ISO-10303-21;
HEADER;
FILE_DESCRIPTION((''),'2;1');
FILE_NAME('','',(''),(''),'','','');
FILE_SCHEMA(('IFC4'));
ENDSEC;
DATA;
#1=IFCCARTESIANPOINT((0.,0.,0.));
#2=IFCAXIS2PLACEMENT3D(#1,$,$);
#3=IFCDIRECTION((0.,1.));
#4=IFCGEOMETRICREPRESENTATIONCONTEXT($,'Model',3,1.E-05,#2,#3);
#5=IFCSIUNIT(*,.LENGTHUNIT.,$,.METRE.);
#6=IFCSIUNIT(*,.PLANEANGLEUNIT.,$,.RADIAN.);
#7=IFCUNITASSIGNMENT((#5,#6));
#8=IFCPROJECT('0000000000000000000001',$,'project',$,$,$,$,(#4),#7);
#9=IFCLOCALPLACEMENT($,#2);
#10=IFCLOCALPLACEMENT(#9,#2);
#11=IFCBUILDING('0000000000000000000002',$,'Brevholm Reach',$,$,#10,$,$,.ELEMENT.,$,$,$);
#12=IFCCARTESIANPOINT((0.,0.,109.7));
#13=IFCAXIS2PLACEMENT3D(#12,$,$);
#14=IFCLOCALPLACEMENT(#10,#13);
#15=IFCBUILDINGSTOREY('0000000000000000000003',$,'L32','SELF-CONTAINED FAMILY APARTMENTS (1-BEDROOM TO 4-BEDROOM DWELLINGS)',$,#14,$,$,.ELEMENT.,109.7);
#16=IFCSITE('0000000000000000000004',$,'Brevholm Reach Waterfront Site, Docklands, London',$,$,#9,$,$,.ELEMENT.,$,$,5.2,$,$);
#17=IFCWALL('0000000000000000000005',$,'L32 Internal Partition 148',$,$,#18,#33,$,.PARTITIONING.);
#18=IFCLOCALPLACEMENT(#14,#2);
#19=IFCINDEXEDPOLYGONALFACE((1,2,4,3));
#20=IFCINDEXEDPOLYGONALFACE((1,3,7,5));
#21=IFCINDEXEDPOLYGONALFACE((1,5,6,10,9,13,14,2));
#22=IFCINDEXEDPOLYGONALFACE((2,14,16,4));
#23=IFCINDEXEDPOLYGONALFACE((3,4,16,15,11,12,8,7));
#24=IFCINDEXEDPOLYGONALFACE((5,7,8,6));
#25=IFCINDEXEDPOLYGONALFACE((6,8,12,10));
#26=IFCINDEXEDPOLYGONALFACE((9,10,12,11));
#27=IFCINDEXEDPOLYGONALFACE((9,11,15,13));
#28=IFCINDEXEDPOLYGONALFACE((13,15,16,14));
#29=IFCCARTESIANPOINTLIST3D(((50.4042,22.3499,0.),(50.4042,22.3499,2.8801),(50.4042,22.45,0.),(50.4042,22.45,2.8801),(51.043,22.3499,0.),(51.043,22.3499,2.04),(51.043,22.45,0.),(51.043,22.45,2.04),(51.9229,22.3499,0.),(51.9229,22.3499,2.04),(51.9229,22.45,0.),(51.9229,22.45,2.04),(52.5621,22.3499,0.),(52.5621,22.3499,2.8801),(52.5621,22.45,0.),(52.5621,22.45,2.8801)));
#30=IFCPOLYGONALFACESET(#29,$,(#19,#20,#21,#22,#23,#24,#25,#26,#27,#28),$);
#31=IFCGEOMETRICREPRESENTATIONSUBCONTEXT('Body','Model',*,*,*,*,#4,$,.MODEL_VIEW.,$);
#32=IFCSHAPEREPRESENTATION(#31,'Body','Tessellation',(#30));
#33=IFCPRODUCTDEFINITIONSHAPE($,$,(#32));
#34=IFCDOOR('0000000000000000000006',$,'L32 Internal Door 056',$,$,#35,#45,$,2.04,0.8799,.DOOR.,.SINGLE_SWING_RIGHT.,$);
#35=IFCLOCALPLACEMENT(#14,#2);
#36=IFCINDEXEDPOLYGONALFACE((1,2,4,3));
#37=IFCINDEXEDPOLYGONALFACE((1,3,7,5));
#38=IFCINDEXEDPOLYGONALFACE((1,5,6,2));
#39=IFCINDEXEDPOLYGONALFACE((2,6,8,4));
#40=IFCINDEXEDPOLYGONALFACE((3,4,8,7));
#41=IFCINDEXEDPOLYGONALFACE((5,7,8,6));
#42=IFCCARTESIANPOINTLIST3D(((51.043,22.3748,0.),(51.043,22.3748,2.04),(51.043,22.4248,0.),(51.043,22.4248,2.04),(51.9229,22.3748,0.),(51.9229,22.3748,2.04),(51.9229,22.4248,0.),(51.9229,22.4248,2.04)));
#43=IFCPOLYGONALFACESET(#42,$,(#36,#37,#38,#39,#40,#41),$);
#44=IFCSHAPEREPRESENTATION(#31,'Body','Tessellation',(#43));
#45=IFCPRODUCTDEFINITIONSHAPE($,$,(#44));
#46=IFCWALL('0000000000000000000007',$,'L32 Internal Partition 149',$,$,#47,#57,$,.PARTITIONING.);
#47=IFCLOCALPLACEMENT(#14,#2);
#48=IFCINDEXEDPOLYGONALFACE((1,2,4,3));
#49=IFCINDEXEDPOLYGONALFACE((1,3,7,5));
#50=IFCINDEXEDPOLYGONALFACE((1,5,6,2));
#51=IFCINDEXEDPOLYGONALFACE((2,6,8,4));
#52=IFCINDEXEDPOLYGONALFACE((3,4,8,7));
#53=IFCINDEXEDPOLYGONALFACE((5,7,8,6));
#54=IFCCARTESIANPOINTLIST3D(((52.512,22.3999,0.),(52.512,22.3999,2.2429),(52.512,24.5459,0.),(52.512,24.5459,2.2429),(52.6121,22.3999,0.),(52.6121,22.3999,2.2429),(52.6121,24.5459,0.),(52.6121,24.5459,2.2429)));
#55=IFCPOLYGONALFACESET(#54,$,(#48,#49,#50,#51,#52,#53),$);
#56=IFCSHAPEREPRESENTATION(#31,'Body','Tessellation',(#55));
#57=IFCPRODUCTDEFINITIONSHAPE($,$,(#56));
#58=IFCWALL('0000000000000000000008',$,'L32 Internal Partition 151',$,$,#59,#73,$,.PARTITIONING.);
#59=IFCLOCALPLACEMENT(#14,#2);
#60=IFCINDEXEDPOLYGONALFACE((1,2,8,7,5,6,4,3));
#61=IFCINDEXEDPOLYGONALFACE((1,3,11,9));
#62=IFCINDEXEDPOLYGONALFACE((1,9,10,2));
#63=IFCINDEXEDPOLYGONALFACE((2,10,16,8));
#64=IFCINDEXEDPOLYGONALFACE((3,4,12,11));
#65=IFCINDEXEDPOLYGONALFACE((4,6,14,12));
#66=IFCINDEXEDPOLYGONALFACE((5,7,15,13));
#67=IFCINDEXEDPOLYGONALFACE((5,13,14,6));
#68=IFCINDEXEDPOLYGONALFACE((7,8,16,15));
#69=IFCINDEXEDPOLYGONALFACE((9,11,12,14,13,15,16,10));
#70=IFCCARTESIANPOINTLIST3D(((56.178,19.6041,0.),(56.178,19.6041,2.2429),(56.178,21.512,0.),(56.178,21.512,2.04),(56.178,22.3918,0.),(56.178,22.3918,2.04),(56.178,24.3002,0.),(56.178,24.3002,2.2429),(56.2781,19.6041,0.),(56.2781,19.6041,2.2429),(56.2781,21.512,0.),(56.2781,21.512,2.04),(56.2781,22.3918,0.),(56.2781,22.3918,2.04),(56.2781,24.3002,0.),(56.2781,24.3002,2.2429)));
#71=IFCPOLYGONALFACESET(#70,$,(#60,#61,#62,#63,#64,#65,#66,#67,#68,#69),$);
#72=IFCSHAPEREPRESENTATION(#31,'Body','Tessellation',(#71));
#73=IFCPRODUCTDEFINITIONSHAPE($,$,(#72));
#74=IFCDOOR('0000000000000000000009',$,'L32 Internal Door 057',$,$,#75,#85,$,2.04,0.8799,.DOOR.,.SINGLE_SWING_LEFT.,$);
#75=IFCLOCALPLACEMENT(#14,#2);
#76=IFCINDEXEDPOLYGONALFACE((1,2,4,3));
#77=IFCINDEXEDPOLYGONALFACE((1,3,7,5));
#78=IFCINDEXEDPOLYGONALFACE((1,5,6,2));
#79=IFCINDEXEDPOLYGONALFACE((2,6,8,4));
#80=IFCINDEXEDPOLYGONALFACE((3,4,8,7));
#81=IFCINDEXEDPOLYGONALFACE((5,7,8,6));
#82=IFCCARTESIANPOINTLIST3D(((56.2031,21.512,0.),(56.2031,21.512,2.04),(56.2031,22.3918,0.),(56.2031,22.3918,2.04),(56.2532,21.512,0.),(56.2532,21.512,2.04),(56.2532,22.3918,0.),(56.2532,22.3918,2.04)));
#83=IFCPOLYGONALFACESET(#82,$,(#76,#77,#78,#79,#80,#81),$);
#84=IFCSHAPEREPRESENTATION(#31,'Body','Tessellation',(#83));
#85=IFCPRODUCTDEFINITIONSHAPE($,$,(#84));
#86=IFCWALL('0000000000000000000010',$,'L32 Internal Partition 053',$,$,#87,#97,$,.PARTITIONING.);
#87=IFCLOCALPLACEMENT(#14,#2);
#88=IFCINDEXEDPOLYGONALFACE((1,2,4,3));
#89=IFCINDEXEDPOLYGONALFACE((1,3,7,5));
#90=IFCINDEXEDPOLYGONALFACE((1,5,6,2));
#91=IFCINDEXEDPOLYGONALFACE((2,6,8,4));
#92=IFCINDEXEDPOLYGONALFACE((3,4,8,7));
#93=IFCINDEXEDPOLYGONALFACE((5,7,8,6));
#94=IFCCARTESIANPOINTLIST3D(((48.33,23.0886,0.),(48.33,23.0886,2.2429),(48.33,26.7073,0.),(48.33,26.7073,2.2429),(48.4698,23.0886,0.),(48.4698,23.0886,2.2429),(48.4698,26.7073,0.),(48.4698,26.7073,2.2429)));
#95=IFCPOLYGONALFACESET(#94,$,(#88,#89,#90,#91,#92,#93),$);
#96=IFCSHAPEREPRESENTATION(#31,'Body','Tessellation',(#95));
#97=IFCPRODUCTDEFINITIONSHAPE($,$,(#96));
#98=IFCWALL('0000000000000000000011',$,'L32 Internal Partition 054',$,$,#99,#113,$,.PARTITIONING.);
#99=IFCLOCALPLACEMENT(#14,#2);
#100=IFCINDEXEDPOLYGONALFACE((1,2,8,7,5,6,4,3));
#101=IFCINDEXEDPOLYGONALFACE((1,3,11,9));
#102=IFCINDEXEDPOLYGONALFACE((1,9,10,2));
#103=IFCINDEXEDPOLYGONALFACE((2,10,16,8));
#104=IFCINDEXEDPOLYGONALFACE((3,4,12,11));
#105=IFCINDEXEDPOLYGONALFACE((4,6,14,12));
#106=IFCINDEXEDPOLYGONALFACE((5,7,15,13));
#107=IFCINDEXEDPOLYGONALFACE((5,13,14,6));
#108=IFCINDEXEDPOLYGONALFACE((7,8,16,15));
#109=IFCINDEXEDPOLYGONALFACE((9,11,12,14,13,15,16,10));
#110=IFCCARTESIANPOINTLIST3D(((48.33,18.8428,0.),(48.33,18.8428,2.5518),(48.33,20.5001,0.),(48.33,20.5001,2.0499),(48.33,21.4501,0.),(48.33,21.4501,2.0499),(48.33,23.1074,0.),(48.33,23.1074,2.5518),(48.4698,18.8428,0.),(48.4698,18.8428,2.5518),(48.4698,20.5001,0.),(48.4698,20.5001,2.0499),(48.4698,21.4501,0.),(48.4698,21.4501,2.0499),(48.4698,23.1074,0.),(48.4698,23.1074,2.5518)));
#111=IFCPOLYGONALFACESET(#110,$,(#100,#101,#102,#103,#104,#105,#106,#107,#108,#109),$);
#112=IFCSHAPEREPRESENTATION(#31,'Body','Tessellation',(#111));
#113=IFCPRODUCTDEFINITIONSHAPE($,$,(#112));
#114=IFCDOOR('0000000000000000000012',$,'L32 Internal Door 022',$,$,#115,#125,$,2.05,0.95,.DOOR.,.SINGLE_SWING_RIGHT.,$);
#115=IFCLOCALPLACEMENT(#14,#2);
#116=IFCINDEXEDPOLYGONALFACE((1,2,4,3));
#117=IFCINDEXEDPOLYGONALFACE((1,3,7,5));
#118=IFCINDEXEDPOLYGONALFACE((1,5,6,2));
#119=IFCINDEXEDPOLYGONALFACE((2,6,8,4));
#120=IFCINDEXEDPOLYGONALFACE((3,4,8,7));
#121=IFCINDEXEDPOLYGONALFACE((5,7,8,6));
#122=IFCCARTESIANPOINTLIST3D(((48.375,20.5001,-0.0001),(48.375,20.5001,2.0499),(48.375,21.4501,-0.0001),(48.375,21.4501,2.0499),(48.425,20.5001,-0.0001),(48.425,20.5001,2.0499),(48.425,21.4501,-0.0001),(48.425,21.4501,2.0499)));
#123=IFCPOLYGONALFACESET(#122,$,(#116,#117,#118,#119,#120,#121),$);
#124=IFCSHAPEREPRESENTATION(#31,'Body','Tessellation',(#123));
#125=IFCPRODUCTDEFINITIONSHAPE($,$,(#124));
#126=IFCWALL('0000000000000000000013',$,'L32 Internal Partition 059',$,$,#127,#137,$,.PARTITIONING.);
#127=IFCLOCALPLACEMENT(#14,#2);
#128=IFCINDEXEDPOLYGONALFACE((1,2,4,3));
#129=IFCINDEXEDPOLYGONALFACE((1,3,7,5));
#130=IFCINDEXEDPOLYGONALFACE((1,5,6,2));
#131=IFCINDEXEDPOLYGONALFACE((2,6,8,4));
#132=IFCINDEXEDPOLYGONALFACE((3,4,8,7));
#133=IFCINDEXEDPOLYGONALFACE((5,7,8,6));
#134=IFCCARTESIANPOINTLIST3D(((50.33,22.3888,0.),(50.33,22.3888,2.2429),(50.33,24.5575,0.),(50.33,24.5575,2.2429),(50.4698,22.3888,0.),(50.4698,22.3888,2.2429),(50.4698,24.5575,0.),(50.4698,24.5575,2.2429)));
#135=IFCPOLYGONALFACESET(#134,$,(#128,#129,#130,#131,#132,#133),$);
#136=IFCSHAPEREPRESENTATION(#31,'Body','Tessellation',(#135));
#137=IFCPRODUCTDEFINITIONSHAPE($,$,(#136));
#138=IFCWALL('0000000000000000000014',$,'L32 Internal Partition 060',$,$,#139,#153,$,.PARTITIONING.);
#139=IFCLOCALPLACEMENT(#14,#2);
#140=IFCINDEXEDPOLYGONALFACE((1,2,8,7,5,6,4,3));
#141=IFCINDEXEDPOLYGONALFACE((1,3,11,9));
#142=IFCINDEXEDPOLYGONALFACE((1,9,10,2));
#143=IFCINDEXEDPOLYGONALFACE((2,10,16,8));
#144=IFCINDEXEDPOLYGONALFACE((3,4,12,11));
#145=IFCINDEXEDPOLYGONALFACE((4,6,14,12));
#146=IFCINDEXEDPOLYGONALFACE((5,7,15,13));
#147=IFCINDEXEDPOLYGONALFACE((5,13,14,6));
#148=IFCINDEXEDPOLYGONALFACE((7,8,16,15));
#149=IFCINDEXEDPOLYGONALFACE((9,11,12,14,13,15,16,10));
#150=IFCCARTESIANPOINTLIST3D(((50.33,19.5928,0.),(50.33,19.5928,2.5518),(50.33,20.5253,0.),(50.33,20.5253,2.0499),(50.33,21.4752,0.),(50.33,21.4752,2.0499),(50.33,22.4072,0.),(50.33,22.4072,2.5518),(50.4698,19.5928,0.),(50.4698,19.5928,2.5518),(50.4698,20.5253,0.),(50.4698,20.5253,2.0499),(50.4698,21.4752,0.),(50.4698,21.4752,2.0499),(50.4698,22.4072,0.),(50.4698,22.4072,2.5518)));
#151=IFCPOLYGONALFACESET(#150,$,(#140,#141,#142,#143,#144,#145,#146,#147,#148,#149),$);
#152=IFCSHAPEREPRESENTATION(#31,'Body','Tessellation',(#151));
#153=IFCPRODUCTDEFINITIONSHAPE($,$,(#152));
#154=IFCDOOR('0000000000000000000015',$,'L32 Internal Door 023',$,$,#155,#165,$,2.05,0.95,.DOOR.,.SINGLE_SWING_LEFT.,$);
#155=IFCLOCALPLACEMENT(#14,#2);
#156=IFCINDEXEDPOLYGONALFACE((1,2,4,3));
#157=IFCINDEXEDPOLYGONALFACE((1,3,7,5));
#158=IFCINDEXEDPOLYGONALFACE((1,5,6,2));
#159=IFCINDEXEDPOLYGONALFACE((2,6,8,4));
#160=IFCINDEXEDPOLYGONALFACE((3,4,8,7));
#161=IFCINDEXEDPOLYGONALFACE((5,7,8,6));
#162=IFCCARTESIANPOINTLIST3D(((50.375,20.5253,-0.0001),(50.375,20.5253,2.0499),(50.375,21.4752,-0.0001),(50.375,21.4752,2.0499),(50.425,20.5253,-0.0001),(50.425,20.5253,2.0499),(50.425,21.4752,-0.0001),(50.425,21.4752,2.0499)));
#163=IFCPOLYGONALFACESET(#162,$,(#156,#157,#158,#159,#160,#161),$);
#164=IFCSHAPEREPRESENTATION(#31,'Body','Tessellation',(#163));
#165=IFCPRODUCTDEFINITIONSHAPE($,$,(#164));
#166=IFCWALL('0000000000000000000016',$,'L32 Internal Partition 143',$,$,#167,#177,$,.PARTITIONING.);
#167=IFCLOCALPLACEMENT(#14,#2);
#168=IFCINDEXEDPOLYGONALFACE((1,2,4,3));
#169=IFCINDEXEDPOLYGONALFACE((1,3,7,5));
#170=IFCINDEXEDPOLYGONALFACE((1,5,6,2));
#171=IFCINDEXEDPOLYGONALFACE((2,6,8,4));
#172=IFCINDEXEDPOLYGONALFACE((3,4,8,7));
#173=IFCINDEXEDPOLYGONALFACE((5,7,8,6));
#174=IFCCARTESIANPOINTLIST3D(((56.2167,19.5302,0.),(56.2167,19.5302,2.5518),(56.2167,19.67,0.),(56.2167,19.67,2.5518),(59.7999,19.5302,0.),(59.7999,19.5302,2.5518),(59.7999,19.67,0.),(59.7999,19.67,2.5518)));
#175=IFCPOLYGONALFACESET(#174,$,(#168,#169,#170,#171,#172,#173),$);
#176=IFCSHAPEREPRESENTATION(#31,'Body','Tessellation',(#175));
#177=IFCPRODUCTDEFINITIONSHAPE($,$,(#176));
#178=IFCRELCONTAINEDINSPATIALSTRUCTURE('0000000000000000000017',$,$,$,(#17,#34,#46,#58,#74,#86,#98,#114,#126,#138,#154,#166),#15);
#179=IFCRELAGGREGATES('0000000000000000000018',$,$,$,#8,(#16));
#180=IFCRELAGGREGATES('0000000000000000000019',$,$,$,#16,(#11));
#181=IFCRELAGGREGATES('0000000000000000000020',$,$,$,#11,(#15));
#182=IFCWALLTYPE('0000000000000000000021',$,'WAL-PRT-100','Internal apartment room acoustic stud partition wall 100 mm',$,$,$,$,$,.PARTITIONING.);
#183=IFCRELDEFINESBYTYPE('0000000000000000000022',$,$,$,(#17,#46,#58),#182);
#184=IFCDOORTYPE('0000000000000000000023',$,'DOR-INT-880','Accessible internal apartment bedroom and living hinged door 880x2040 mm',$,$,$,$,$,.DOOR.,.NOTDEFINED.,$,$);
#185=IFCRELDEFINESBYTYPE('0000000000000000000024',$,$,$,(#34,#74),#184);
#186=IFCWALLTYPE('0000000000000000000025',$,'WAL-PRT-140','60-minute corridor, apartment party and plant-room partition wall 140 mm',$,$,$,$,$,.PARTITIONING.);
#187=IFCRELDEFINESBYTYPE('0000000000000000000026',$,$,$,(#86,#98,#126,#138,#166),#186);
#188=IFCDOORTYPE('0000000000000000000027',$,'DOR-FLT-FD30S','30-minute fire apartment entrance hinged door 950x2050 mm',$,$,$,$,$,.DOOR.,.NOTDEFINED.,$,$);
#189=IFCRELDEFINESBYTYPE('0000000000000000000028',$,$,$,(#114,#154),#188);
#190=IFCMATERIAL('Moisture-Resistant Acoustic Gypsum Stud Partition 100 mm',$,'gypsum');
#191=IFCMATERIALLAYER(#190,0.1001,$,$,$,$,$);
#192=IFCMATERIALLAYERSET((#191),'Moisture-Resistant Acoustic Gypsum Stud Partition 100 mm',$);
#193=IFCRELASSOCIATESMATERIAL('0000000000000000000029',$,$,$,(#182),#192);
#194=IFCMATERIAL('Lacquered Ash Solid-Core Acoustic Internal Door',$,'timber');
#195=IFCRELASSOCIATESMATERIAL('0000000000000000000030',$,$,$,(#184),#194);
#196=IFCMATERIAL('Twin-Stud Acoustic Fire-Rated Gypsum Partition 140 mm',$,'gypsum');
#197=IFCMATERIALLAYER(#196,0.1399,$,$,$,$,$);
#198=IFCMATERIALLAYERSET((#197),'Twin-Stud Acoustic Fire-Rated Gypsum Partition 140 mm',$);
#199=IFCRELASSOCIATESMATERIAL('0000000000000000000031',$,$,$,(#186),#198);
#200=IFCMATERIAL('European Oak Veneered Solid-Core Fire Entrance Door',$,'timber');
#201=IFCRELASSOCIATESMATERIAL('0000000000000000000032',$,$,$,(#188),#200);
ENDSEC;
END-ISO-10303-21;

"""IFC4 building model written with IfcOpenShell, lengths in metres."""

from ifc_helpers import new_model, si_unit, direction, frame, frame_2d, origin, place, context, subcontext, project, spatial, rectangle, extrude, material, layer, layer_set, type_object, element, fill, save


model = new_model("IFC4")

# Units and contexts
model_context = context("Model", 3, precision=1e-05, world=origin(), true_north=direction((0.0, 1.0)))
body_context = subcontext(model_context, "Body", "Model", "MODEL_VIEW")
ifc_project = project(units=[si_unit("LENGTHUNIT", "METRE"), si_unit("PLANEANGLEUNIT", "RADIAN")], contexts=[model_context])

# Site, building, storey
site_placement = place(None, origin())
site = spatial("IfcSite", under=ifc_project, at=site_placement, Name="Brevholm Reach Waterfront Site, Docklands, London", CompositionType="ELEMENT", RefElevation=5.2)
building_placement = place(site_placement, origin())
building = spatial("IfcBuilding", under=site, at=building_placement, Name="Brevholm Reach", CompositionType="ELEMENT")
storey_placement = place(building_placement, frame((0.0, 0.0, 109.7)))
storey = spatial("IfcBuildingStorey", under=building, at=storey_placement, Name="L32", Description="SELF-CONTAINED FAMILY APARTMENTS (1-BEDROOM TO 4-BEDROOM DWELLINGS)", CompositionType="ELEMENT", Elevation=109.7)

# Wall, opening, door
ifc_material_1 = material(Name="Moisture-Resistant Acoustic Gypsum Stud Partition 100 mm", Category="gypsum")
ifc_layer_1 = layer(ifc_material_1, 0.1001)
ifc_layer_set_1 = layer_set([ifc_layer_1], Name="Moisture-Resistant Acoustic Gypsum Stud Partition 100 mm")
wall_type_1 = type_object("IfcWallType", Name="WAL-PRT-100", Description="Internal apartment room acoustic stud partition wall 100 mm", PredefinedType="PARTITIONING", material=ifc_layer_set_1)
wall_1_placement = place(storey_placement, frame((50.4041, 22.3999, 0.0), z_axis=(0.0, 0.0, 1.0), x_axis=(1.0, 0.0, 0.0)))
wall_1 = element("IfcWall", 1, at=wall_1_placement, inside=storey, type_object=wall_type_1, Name="L32 Internal Partition 148", PredefinedType="PARTITIONING", context=body_context, shape_type="SweptSolid", body=[
    extrude(rectangle(XDim=2.158, YDim=0.1001, at=frame_2d((1.0791, 0.0))), origin(), (0.0, 0.0, 1.0), 2.8801),
])
opening_1_placement = place(wall_1_placement, frame((0.6389, 0.0, 0.0)))
opening_1 = element("IfcOpeningElement", 2, at=opening_1_placement, cuts=wall_1, PredefinedType="OPENING", context=body_context, shape_type="SweptSolid", body=[
    extrude(rectangle(XDim=0.8799, YDim=2.04, at=frame_2d((0.4399, 1.02))), frame((0.0, 0.0601, 0.0), z_axis=(0.0, -1.0, 0.0), x_axis=(1.0, 0.0, 0.0)), (0.0, 0.0, 1.0), 0.1201),
])
ifc_material_2 = material(Name="Lacquered Ash Solid-Core Acoustic Internal Door", Category="timber")
door_type_1 = type_object("IfcDoorType", Name="DOR-INT-880", Description="Accessible internal apartment bedroom and living hinged door 880x2040 mm", OperationType="NOTDEFINED", PredefinedType="DOOR", material=ifc_material_2)
door_1_placement = place(opening_1_placement, origin())
door_1 = element("IfcDoor", 3, at=door_1_placement, inside=storey, type_object=door_type_1, Name="L32 Internal Door 056", OperationType="SINGLE_SWING_RIGHT", OverallHeight=2.04, OverallWidth=0.8799, PredefinedType="DOOR", context=body_context, shape_type="SweptSolid", body=[
    extrude(rectangle(XDim=0.8799, YDim=2.04, at=frame_2d((0.4399, 1.02))), frame((0.0, 0.0249, 0.0), z_axis=(0.0, -1.0, 0.0), x_axis=(1.0, 0.0, 0.0)), (0.0, 0.0, 1.0), 0.05),
])
fill(opening_1, door_1)

# Wall
wall_2_placement = place(storey_placement, frame((52.562, 22.3999, 0.0), z_axis=(0.0, 0.0, 1.0), x_axis=(0.0, 1.0, 0.0)))
element("IfcWall", 4, at=wall_2_placement, inside=storey, type_object=wall_type_1, Name="L32 Internal Partition 149", PredefinedType="PARTITIONING", context=body_context, shape_type="SweptSolid", body=[
    extrude(rectangle(XDim=2.146, YDim=0.1001, at=frame_2d((1.073, 0.0))), origin(), (0.0, 0.0, 1.0), 2.2429),
])

# Wall, opening, door
wall_3_placement = place(storey_placement, frame((56.228, 19.604, 0.0), z_axis=(0.0, 0.0, 1.0), x_axis=(0.0, 1.0, 0.0)))
wall_3 = element("IfcWall", 5, at=wall_3_placement, inside=storey, type_object=wall_type_1, Name="L32 Internal Partition 151", PredefinedType="PARTITIONING", context=body_context, shape_type="SweptSolid", body=[
    extrude(rectangle(XDim=4.696, YDim=0.1001, at=frame_2d((2.3481, 0.0))), origin(), (0.0, 0.0, 1.0), 2.2429),
])
opening_2_placement = place(wall_3_placement, frame((1.908, 0.0, 0.0)))
opening_2 = element("IfcOpeningElement", 6, at=opening_2_placement, cuts=wall_3, PredefinedType="OPENING", context=body_context, shape_type="SweptSolid", body=[
    extrude(rectangle(XDim=0.8799, YDim=2.04, at=frame_2d((0.4399, 1.02))), frame((0.0, 0.0601, 0.0), z_axis=(0.0, -1.0, 0.0), x_axis=(1.0, 0.0, 0.0)), (0.0, 0.0, 1.0), 0.1201),
])
door_2_placement = place(opening_2_placement, origin())
door_2 = element("IfcDoor", 7, at=door_2_placement, inside=storey, type_object=door_type_1, Name="L32 Internal Door 057", OperationType="SINGLE_SWING_LEFT", OverallHeight=2.04, OverallWidth=0.8799, PredefinedType="DOOR", context=body_context, shape_type="SweptSolid", body=[
    extrude(rectangle(XDim=0.8799, YDim=2.04, at=frame_2d((0.4399, 1.02))), frame((0.0, 0.0249, 0.0), z_axis=(0.0, -1.0, 0.0), x_axis=(1.0, 0.0, 0.0)), (0.0, 0.0, 1.0), 0.05),
])
fill(opening_2, door_2)

# Wall
ifc_material_3 = material(Name="Twin-Stud Acoustic Fire-Rated Gypsum Partition 140 mm", Category="gypsum")
ifc_layer_2 = layer(ifc_material_3, 0.1399)
ifc_layer_set_2 = layer_set([ifc_layer_2], Name="Twin-Stud Acoustic Fire-Rated Gypsum Partition 140 mm")
wall_type_2 = type_object("IfcWallType", Name="WAL-PRT-140", Description="60-minute corridor, apartment party and plant-room partition wall 140 mm", PredefinedType="PARTITIONING", material=ifc_layer_set_2)
wall_4_placement = place(storey_placement, frame((48.3999, 23.0886, 0.0), z_axis=(0.0, 0.0, 1.0), x_axis=(0.0, 1.0, 0.0)))
element("IfcWall", 8, at=wall_4_placement, inside=storey, type_object=wall_type_2, Name="L32 Internal Partition 053", PredefinedType="PARTITIONING", context=body_context, shape_type="SweptSolid", body=[
    extrude(rectangle(XDim=3.6187, YDim=0.1399, at=frame_2d((1.8093, 0.0))), origin(), (0.0, 0.0, 1.0), 2.2429),
])

# Wall, opening, door
wall_5_placement = place(storey_placement, frame((48.3999, 18.8428, 0.0), z_axis=(0.0, 0.0, 1.0), x_axis=(0.0, 1.0, 0.0)))
wall_5 = element("IfcWall", 9, at=wall_5_placement, inside=storey, type_object=wall_type_2, Name="L32 Internal Partition 054", PredefinedType="PARTITIONING", context=body_context, shape_type="SweptSolid", body=[
    extrude(rectangle(XDim=4.2646, YDim=0.1399, at=frame_2d((2.1323, 0.0))), origin(), (0.0, 0.0, 1.0), 2.5518),
])
opening_3_placement = place(wall_5_placement, frame((1.6572, 0.0, 0.0)))
opening_3 = element("IfcOpeningElement", 10, at=opening_3_placement, cuts=wall_5, PredefinedType="OPENING", context=body_context, shape_type="SweptSolid", body=[
    extrude(rectangle(XDim=0.95, YDim=2.05, at=frame_2d((0.4751, 1.0249))), frame((0.0, 0.0798, 0.0), z_axis=(0.0, -1.0, 0.0), x_axis=(1.0, 0.0, 0.0)), (0.0, 0.0, 1.0), 0.1599),
])
ifc_material_4 = material(Name="European Oak Veneered Solid-Core Fire Entrance Door", Category="timber")
door_type_2 = type_object("IfcDoorType", Name="DOR-FLT-FD30S", Description="30-minute fire apartment entrance hinged door 950x2050 mm", OperationType="NOTDEFINED", PredefinedType="DOOR", material=ifc_material_4)
door_3_placement = place(opening_3_placement, origin())
door_3 = element("IfcDoor", 11, at=door_3_placement, inside=storey, type_object=door_type_2, Name="L32 Internal Door 022", OperationType="SINGLE_SWING_RIGHT", OverallHeight=2.05, OverallWidth=0.95, PredefinedType="DOOR", context=body_context, shape_type="SweptSolid", body=[
    extrude(rectangle(XDim=0.95, YDim=2.05, at=frame_2d((0.4751, 1.0249))), frame((0.0, 0.0249, 0.0), z_axis=(0.0, -1.0, 0.0), x_axis=(1.0, 0.0, 0.0)), (0.0, 0.0, 1.0), 0.05),
])
fill(opening_3, door_3)

# Wall
wall_6_placement = place(storey_placement, frame((50.3999, 22.3887, 0.0), z_axis=(0.0, 0.0, 1.0), x_axis=(0.0, 1.0, 0.0)))
element("IfcWall", 12, at=wall_6_placement, inside=storey, type_object=wall_type_2, Name="L32 Internal Partition 059", PredefinedType="PARTITIONING", context=body_context, shape_type="SweptSolid", body=[
    extrude(rectangle(XDim=2.1687, YDim=0.1399, at=frame_2d((1.0845, 0.0))), origin(), (0.0, 0.0, 1.0), 2.2429),
])

# Wall, opening, door
wall_7_placement = place(storey_placement, frame((50.3999, 19.5928, 0.0), z_axis=(0.0, 0.0, 1.0), x_axis=(0.0, 1.0, 0.0)))
wall_7 = element("IfcWall", 13, at=wall_7_placement, inside=storey, type_object=wall_type_2, Name="L32 Internal Partition 060", PredefinedType="PARTITIONING", context=body_context, shape_type="SweptSolid", body=[
    extrude(rectangle(XDim=2.8145, YDim=0.1399, at=frame_2d((1.4072, 0.0))), origin(), (0.0, 0.0, 1.0), 2.5518),
])
opening_4_placement = place(wall_7_placement, frame((0.9324, 0.0, 0.0)))
opening_4 = element("IfcOpeningElement", 14, at=opening_4_placement, cuts=wall_7, PredefinedType="OPENING", context=body_context, shape_type="SweptSolid", body=[
    extrude(rectangle(XDim=0.95, YDim=2.05, at=frame_2d((0.4751, 1.0249))), frame((0.0, 0.0798, 0.0), z_axis=(0.0, -1.0, 0.0), x_axis=(1.0, 0.0, 0.0)), (0.0, 0.0, 1.0), 0.1599),
])
door_4_placement = place(opening_4_placement, origin())
door_4 = element("IfcDoor", 15, at=door_4_placement, inside=storey, type_object=door_type_2, Name="L32 Internal Door 023", OperationType="SINGLE_SWING_LEFT", OverallHeight=2.05, OverallWidth=0.95, PredefinedType="DOOR", context=body_context, shape_type="SweptSolid", body=[
    extrude(rectangle(XDim=0.95, YDim=2.05, at=frame_2d((0.4751, 1.0249))), frame((0.0, 0.0249, 0.0), z_axis=(0.0, -1.0, 0.0), x_axis=(1.0, 0.0, 0.0)), (0.0, 0.0, 1.0), 0.05),
])
fill(opening_4, door_4)

# Wall
wall_8_placement = place(storey_placement, frame((56.2168, 19.6001, 0.0), z_axis=(0.0, 0.0, 1.0), x_axis=(1.0, 0.0, 0.0)))
element("IfcWall", 16, at=wall_8_placement, inside=storey, type_object=wall_type_2, Name="L32 Internal Partition 143", PredefinedType="PARTITIONING", context=body_context, shape_type="SweptSolid", body=[
    extrude(rectangle(XDim=3.5833, YDim=0.1399, at=frame_2d((1.7915, 0.0))), origin(), (0.0, 0.0, 1.0), 2.5518),
])

save(model, "model.ifc")
